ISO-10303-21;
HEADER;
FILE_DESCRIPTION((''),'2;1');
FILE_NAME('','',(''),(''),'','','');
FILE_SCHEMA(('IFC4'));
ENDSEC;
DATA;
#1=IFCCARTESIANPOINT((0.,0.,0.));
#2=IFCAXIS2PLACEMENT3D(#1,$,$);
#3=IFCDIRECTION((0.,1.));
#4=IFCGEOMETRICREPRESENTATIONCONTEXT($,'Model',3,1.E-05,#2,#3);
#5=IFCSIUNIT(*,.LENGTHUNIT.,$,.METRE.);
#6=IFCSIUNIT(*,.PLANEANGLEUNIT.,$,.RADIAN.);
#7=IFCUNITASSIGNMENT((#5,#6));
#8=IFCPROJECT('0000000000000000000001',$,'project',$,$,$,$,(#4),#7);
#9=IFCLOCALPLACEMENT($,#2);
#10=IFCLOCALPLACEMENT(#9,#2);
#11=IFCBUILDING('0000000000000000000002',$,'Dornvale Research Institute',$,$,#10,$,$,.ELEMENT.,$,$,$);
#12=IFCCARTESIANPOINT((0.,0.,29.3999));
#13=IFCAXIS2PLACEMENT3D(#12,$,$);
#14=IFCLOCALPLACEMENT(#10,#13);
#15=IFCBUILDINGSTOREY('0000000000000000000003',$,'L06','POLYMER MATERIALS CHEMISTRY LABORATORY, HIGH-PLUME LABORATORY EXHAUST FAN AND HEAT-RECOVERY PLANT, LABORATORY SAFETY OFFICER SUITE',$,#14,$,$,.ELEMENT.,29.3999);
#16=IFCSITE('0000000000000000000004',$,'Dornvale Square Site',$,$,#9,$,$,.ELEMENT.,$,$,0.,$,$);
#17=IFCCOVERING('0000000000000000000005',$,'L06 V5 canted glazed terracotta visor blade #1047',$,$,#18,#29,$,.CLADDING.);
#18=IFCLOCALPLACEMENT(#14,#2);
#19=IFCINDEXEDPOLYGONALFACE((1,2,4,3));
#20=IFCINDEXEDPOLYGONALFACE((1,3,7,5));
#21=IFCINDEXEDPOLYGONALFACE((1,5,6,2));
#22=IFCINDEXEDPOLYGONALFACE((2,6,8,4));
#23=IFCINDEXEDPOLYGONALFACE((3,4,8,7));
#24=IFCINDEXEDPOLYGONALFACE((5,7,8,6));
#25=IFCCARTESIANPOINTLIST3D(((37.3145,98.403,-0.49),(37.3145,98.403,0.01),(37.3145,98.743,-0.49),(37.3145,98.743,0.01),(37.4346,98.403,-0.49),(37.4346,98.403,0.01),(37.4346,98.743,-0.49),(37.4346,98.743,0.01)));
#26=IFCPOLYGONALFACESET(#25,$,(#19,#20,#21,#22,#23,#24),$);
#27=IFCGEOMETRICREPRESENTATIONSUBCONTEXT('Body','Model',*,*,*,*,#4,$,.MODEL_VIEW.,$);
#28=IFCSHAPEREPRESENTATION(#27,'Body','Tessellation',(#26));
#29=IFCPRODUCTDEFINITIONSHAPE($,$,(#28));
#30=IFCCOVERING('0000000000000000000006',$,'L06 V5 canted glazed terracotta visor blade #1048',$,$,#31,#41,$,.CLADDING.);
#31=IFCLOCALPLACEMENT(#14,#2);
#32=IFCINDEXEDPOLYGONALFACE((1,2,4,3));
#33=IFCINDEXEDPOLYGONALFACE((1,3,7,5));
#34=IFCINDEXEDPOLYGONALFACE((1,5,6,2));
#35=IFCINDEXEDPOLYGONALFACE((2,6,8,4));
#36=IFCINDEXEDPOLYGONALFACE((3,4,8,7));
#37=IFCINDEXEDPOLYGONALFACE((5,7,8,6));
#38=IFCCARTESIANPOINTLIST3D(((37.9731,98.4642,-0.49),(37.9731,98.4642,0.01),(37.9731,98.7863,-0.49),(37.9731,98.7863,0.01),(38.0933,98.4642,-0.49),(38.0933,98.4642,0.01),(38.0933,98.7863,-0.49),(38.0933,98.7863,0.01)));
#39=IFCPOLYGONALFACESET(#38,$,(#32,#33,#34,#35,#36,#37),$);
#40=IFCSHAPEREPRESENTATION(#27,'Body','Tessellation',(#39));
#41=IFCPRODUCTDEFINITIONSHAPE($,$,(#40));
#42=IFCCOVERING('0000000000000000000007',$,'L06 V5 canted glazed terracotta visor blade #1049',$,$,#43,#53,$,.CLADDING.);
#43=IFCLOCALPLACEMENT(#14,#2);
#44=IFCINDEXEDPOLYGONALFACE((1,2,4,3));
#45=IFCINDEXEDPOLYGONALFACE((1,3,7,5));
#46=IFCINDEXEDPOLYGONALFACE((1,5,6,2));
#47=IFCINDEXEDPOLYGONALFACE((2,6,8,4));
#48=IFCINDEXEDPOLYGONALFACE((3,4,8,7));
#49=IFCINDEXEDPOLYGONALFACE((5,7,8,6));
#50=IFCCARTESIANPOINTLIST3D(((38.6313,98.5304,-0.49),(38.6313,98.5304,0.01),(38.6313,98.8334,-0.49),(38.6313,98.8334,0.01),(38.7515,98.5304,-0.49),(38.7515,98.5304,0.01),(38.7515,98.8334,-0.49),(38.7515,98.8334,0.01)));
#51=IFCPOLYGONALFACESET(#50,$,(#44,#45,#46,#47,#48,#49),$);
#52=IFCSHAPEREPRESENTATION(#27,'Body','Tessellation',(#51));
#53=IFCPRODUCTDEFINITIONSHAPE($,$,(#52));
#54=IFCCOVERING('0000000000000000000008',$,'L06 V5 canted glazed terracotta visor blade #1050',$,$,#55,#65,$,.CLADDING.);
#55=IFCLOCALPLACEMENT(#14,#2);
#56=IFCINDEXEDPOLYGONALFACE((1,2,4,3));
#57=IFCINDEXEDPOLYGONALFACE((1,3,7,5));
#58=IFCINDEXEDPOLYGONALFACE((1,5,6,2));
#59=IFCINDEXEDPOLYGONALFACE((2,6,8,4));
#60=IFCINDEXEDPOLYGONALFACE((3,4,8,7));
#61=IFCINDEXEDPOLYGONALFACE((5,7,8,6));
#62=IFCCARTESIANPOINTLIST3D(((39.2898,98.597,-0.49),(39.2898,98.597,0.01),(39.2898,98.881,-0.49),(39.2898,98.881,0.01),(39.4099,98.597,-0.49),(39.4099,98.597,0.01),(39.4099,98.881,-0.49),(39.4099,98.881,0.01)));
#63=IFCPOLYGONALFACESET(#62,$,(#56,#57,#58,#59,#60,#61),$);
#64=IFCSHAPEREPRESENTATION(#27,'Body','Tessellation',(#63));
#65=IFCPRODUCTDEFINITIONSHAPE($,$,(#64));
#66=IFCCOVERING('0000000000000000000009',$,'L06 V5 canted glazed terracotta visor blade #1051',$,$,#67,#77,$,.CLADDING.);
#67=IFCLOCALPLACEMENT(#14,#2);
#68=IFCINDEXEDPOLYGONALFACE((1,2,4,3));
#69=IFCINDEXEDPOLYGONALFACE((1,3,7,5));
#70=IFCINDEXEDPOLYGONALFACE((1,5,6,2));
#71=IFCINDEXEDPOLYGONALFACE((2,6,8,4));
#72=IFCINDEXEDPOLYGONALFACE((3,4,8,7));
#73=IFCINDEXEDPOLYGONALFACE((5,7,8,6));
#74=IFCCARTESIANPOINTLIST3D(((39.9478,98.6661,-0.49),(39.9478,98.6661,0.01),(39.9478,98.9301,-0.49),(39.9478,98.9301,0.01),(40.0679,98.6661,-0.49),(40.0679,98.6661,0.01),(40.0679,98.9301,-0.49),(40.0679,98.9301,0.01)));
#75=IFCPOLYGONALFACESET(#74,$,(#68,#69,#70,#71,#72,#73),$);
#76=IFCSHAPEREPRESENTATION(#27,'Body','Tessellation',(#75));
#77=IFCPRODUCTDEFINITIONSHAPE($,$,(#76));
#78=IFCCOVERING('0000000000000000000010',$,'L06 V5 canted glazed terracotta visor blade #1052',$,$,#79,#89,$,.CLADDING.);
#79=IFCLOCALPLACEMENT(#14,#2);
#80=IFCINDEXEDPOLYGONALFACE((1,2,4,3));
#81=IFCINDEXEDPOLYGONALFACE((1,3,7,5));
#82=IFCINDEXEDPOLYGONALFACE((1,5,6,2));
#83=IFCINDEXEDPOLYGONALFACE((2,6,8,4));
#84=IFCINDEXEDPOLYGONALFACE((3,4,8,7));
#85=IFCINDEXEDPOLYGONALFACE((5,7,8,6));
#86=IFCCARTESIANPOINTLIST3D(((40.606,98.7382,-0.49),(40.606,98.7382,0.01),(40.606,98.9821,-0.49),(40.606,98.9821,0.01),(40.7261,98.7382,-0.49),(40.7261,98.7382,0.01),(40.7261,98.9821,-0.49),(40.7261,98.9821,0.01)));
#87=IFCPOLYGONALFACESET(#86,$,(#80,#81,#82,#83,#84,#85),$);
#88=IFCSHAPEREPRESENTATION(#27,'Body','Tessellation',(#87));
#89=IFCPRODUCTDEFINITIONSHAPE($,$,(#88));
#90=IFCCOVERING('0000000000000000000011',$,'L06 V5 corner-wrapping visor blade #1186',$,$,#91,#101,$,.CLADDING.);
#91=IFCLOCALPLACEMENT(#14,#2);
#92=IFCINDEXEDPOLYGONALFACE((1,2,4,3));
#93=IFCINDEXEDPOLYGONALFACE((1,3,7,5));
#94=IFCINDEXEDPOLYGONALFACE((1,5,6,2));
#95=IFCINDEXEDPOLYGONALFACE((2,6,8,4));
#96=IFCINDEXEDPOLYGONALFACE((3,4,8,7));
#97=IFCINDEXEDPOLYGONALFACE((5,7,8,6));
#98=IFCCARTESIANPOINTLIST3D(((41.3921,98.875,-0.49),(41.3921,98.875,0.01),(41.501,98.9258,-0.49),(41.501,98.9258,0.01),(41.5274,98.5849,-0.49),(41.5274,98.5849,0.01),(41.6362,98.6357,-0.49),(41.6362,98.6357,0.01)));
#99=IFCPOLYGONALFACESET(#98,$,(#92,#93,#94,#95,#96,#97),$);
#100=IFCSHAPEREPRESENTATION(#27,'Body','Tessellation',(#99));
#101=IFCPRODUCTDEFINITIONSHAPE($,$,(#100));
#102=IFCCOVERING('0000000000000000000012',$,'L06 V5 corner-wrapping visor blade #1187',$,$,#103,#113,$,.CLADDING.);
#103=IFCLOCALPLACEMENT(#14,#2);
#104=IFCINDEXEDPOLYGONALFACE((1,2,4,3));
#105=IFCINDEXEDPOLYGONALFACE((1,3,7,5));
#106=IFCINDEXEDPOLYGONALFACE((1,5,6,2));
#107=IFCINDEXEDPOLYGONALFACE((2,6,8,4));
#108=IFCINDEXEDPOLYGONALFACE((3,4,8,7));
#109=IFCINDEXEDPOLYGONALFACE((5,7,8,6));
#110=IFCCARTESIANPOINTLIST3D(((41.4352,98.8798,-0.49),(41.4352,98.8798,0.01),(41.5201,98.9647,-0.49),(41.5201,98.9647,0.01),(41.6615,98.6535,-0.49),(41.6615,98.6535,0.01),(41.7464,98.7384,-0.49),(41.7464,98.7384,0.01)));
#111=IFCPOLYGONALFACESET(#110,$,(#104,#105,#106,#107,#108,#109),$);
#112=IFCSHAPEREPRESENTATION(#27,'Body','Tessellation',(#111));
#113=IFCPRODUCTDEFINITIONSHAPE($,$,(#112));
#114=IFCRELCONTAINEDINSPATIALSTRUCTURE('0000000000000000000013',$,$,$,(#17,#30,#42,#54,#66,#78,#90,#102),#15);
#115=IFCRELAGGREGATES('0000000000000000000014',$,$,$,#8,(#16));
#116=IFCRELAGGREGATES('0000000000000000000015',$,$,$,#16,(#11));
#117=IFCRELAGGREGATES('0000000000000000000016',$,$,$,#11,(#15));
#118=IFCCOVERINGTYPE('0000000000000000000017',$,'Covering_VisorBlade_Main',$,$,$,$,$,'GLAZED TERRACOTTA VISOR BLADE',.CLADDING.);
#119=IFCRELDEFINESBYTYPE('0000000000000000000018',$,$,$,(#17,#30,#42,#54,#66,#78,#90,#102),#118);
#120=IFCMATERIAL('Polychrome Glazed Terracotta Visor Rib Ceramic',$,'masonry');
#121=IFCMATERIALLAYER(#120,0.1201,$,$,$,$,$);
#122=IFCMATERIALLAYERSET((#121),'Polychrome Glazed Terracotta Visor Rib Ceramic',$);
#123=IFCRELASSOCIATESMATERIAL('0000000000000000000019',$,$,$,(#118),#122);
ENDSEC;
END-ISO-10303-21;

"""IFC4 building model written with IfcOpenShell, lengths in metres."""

from ifc_helpers import new_model, si_unit, direction, frame, origin, origin_2d, place, context, subcontext, project, spatial, rectangle, extrude, material, layer, layer_set, type_object, element, save


model = new_model("IFC4")

# Units and contexts
model_context = context("Model", 3, precision=1e-05, world=origin(), true_north=direction((0.0, 1.0)))
body_context = subcontext(model_context, "Body", "Model", "MODEL_VIEW")
ifc_project = project(units=[si_unit("LENGTHUNIT", "METRE"), si_unit("PLANEANGLEUNIT", "RADIAN")], contexts=[model_context])

# Site, building, storey
site_placement = place(None, origin())
site = spatial("IfcSite", under=ifc_project, at=site_placement, Name="Dornvale Square Site", CompositionType="ELEMENT", RefElevation=0.0)
building_placement = place(site_placement, origin())
building = spatial("IfcBuilding", under=site, at=building_placement, Name="Dornvale Research Institute", CompositionType="ELEMENT")
storey_placement = place(building_placement, frame((0.0, 0.0, 29.3999)))
storey = spatial("IfcBuildingStorey", under=building, at=storey_placement, Name="L06", Description="POLYMER MATERIALS CHEMISTRY LABORATORY, HIGH-PLUME LABORATORY EXHAUST FAN AND HEAT-RECOVERY PLANT, LABORATORY SAFETY OFFICER SUITE", CompositionType="ELEMENT", Elevation=29.3999)

# Coverings
ifc_material = material(Name="Polychrome Glazed Terracotta Visor Rib Ceramic", Category="masonry")
ifc_layer = layer(ifc_material, 0.1201)
ifc_layer_set = layer_set([ifc_layer], Name="Polychrome Glazed Terracotta Visor Rib Ceramic")
covering_type = type_object("IfcCoveringType", Name="Covering_VisorBlade_Main", ElementType="GLAZED TERRACOTTA VISOR BLADE", PredefinedType="CLADDING", material=ifc_layer_set)
covering_1_placement = place(storey_placement, frame((37.3745, 98.573, -0.49), z_axis=(0.0, 0.0, 1.0), x_axis=(0.0, 1.0, 0.0)))
element("IfcCovering", 1, at=covering_1_placement, inside=storey, type_object=covering_type, Name="L06 V5 canted glazed terracotta visor blade #1047", PredefinedType="CLADDING", context=body_context, shape_type="SweptSolid", body=[
    extrude(rectangle(XDim=0.3401, YDim=0.1201, at=origin_2d()), origin(), (0.0, 0.0, 1.0), 0.5),
])
covering_2_placement = place(storey_placement, frame((38.0332, 98.6252, -0.49), z_axis=(0.0, 0.0, 1.0), x_axis=(0.0, 1.0, 0.0)))
element("IfcCovering", 2, at=covering_2_placement, inside=storey, type_object=covering_type, Name="L06 V5 canted glazed terracotta visor blade #1048", PredefinedType="CLADDING", context=body_context, shape_type="SweptSolid", body=[
    extrude(rectangle(XDim=0.322, YDim=0.1201, at=origin_2d()), origin(), (0.0, 0.0, 1.0), 0.5),
])
covering_3_placement = place(storey_placement, frame((38.6914, 98.6819, -0.49), z_axis=(0.0, 0.0, 1.0), x_axis=(0.0, 1.0, 0.0)))
element("IfcCovering", 3, at=covering_3_placement, inside=storey, type_object=covering_type, Name="L06 V5 canted glazed terracotta visor blade #1049", PredefinedType="CLADDING", context=body_context, shape_type="SweptSolid", body=[
    extrude(rectangle(XDim=0.303, YDim=0.1201, at=origin_2d()), origin(), (0.0, 0.0, 1.0), 0.5),
])
covering_4_placement = place(storey_placement, frame((39.3499, 98.739, -0.49), z_axis=(0.0, 0.0, 1.0), x_axis=(0.0, 1.0, 0.0)))
element("IfcCovering", 4, at=covering_4_placement, inside=storey, type_object=covering_type, Name="L06 V5 canted glazed terracotta visor blade #1050", PredefinedType="CLADDING", context=body_context, shape_type="SweptSolid", body=[
    extrude(rectangle(XDim=0.2839, YDim=0.1201, at=origin_2d()), origin(), (0.0, 0.0, 1.0), 0.5),
])
covering_5_placement = place(storey_placement, frame((40.0078, 98.7981, -0.49), z_axis=(0.0, 0.0, 1.0), x_axis=(0.0, 1.0, 0.0)))
element("IfcCovering", 5, at=covering_5_placement, inside=storey, type_object=covering_type, Name="L06 V5 canted glazed terracotta visor blade #1051", PredefinedType="CLADDING", context=body_context, shape_type="SweptSolid", body=[
    extrude(rectangle(XDim=0.2639, YDim=0.1201, at=origin_2d()), origin(), (0.0, 0.0, 1.0), 0.5),
])
covering_6_placement = place(storey_placement, frame((40.666, 98.8601, -0.49), z_axis=(0.0, 0.0, 1.0), x_axis=(0.0, 1.0, 0.0)))
element("IfcCovering", 6, at=covering_6_placement, inside=storey, type_object=covering_type, Name="L06 V5 canted glazed terracotta visor blade #1052", PredefinedType="CLADDING", context=body_context, shape_type="SweptSolid", body=[
    extrude(rectangle(XDim=0.2439, YDim=0.1201, at=origin_2d()), origin(), (0.0, 0.0, 1.0), 0.5),
])
for number, where, z_axis, x_axis, name in (
    (7, (41.5142, 98.7554, -0.49), (0.0, 0.0, 1.0), (0.422618, -0.906308, 0.0), "L06 V5 corner-wrapping visor blade #1186"),
    (8, (41.5908, 98.8091, -0.49), (0.0, 0.0, 1.0), (0.707107, -0.707107, 0.0), "L06 V5 corner-wrapping visor blade #1187"),
):
    element("IfcCovering", number, at=place(storey_placement, frame(where, z_axis=z_axis, x_axis=x_axis)), inside=storey, type_object=covering_type, Name=name, PredefinedType="CLADDING", context=body_context, shape_type="SweptSolid", body=[
        extrude(rectangle(XDim=0.3201, YDim=0.1201, at=origin_2d()), origin(), (0.0, 0.0, 1.0), 0.5),
    ])

save(model, "model.ifc")
